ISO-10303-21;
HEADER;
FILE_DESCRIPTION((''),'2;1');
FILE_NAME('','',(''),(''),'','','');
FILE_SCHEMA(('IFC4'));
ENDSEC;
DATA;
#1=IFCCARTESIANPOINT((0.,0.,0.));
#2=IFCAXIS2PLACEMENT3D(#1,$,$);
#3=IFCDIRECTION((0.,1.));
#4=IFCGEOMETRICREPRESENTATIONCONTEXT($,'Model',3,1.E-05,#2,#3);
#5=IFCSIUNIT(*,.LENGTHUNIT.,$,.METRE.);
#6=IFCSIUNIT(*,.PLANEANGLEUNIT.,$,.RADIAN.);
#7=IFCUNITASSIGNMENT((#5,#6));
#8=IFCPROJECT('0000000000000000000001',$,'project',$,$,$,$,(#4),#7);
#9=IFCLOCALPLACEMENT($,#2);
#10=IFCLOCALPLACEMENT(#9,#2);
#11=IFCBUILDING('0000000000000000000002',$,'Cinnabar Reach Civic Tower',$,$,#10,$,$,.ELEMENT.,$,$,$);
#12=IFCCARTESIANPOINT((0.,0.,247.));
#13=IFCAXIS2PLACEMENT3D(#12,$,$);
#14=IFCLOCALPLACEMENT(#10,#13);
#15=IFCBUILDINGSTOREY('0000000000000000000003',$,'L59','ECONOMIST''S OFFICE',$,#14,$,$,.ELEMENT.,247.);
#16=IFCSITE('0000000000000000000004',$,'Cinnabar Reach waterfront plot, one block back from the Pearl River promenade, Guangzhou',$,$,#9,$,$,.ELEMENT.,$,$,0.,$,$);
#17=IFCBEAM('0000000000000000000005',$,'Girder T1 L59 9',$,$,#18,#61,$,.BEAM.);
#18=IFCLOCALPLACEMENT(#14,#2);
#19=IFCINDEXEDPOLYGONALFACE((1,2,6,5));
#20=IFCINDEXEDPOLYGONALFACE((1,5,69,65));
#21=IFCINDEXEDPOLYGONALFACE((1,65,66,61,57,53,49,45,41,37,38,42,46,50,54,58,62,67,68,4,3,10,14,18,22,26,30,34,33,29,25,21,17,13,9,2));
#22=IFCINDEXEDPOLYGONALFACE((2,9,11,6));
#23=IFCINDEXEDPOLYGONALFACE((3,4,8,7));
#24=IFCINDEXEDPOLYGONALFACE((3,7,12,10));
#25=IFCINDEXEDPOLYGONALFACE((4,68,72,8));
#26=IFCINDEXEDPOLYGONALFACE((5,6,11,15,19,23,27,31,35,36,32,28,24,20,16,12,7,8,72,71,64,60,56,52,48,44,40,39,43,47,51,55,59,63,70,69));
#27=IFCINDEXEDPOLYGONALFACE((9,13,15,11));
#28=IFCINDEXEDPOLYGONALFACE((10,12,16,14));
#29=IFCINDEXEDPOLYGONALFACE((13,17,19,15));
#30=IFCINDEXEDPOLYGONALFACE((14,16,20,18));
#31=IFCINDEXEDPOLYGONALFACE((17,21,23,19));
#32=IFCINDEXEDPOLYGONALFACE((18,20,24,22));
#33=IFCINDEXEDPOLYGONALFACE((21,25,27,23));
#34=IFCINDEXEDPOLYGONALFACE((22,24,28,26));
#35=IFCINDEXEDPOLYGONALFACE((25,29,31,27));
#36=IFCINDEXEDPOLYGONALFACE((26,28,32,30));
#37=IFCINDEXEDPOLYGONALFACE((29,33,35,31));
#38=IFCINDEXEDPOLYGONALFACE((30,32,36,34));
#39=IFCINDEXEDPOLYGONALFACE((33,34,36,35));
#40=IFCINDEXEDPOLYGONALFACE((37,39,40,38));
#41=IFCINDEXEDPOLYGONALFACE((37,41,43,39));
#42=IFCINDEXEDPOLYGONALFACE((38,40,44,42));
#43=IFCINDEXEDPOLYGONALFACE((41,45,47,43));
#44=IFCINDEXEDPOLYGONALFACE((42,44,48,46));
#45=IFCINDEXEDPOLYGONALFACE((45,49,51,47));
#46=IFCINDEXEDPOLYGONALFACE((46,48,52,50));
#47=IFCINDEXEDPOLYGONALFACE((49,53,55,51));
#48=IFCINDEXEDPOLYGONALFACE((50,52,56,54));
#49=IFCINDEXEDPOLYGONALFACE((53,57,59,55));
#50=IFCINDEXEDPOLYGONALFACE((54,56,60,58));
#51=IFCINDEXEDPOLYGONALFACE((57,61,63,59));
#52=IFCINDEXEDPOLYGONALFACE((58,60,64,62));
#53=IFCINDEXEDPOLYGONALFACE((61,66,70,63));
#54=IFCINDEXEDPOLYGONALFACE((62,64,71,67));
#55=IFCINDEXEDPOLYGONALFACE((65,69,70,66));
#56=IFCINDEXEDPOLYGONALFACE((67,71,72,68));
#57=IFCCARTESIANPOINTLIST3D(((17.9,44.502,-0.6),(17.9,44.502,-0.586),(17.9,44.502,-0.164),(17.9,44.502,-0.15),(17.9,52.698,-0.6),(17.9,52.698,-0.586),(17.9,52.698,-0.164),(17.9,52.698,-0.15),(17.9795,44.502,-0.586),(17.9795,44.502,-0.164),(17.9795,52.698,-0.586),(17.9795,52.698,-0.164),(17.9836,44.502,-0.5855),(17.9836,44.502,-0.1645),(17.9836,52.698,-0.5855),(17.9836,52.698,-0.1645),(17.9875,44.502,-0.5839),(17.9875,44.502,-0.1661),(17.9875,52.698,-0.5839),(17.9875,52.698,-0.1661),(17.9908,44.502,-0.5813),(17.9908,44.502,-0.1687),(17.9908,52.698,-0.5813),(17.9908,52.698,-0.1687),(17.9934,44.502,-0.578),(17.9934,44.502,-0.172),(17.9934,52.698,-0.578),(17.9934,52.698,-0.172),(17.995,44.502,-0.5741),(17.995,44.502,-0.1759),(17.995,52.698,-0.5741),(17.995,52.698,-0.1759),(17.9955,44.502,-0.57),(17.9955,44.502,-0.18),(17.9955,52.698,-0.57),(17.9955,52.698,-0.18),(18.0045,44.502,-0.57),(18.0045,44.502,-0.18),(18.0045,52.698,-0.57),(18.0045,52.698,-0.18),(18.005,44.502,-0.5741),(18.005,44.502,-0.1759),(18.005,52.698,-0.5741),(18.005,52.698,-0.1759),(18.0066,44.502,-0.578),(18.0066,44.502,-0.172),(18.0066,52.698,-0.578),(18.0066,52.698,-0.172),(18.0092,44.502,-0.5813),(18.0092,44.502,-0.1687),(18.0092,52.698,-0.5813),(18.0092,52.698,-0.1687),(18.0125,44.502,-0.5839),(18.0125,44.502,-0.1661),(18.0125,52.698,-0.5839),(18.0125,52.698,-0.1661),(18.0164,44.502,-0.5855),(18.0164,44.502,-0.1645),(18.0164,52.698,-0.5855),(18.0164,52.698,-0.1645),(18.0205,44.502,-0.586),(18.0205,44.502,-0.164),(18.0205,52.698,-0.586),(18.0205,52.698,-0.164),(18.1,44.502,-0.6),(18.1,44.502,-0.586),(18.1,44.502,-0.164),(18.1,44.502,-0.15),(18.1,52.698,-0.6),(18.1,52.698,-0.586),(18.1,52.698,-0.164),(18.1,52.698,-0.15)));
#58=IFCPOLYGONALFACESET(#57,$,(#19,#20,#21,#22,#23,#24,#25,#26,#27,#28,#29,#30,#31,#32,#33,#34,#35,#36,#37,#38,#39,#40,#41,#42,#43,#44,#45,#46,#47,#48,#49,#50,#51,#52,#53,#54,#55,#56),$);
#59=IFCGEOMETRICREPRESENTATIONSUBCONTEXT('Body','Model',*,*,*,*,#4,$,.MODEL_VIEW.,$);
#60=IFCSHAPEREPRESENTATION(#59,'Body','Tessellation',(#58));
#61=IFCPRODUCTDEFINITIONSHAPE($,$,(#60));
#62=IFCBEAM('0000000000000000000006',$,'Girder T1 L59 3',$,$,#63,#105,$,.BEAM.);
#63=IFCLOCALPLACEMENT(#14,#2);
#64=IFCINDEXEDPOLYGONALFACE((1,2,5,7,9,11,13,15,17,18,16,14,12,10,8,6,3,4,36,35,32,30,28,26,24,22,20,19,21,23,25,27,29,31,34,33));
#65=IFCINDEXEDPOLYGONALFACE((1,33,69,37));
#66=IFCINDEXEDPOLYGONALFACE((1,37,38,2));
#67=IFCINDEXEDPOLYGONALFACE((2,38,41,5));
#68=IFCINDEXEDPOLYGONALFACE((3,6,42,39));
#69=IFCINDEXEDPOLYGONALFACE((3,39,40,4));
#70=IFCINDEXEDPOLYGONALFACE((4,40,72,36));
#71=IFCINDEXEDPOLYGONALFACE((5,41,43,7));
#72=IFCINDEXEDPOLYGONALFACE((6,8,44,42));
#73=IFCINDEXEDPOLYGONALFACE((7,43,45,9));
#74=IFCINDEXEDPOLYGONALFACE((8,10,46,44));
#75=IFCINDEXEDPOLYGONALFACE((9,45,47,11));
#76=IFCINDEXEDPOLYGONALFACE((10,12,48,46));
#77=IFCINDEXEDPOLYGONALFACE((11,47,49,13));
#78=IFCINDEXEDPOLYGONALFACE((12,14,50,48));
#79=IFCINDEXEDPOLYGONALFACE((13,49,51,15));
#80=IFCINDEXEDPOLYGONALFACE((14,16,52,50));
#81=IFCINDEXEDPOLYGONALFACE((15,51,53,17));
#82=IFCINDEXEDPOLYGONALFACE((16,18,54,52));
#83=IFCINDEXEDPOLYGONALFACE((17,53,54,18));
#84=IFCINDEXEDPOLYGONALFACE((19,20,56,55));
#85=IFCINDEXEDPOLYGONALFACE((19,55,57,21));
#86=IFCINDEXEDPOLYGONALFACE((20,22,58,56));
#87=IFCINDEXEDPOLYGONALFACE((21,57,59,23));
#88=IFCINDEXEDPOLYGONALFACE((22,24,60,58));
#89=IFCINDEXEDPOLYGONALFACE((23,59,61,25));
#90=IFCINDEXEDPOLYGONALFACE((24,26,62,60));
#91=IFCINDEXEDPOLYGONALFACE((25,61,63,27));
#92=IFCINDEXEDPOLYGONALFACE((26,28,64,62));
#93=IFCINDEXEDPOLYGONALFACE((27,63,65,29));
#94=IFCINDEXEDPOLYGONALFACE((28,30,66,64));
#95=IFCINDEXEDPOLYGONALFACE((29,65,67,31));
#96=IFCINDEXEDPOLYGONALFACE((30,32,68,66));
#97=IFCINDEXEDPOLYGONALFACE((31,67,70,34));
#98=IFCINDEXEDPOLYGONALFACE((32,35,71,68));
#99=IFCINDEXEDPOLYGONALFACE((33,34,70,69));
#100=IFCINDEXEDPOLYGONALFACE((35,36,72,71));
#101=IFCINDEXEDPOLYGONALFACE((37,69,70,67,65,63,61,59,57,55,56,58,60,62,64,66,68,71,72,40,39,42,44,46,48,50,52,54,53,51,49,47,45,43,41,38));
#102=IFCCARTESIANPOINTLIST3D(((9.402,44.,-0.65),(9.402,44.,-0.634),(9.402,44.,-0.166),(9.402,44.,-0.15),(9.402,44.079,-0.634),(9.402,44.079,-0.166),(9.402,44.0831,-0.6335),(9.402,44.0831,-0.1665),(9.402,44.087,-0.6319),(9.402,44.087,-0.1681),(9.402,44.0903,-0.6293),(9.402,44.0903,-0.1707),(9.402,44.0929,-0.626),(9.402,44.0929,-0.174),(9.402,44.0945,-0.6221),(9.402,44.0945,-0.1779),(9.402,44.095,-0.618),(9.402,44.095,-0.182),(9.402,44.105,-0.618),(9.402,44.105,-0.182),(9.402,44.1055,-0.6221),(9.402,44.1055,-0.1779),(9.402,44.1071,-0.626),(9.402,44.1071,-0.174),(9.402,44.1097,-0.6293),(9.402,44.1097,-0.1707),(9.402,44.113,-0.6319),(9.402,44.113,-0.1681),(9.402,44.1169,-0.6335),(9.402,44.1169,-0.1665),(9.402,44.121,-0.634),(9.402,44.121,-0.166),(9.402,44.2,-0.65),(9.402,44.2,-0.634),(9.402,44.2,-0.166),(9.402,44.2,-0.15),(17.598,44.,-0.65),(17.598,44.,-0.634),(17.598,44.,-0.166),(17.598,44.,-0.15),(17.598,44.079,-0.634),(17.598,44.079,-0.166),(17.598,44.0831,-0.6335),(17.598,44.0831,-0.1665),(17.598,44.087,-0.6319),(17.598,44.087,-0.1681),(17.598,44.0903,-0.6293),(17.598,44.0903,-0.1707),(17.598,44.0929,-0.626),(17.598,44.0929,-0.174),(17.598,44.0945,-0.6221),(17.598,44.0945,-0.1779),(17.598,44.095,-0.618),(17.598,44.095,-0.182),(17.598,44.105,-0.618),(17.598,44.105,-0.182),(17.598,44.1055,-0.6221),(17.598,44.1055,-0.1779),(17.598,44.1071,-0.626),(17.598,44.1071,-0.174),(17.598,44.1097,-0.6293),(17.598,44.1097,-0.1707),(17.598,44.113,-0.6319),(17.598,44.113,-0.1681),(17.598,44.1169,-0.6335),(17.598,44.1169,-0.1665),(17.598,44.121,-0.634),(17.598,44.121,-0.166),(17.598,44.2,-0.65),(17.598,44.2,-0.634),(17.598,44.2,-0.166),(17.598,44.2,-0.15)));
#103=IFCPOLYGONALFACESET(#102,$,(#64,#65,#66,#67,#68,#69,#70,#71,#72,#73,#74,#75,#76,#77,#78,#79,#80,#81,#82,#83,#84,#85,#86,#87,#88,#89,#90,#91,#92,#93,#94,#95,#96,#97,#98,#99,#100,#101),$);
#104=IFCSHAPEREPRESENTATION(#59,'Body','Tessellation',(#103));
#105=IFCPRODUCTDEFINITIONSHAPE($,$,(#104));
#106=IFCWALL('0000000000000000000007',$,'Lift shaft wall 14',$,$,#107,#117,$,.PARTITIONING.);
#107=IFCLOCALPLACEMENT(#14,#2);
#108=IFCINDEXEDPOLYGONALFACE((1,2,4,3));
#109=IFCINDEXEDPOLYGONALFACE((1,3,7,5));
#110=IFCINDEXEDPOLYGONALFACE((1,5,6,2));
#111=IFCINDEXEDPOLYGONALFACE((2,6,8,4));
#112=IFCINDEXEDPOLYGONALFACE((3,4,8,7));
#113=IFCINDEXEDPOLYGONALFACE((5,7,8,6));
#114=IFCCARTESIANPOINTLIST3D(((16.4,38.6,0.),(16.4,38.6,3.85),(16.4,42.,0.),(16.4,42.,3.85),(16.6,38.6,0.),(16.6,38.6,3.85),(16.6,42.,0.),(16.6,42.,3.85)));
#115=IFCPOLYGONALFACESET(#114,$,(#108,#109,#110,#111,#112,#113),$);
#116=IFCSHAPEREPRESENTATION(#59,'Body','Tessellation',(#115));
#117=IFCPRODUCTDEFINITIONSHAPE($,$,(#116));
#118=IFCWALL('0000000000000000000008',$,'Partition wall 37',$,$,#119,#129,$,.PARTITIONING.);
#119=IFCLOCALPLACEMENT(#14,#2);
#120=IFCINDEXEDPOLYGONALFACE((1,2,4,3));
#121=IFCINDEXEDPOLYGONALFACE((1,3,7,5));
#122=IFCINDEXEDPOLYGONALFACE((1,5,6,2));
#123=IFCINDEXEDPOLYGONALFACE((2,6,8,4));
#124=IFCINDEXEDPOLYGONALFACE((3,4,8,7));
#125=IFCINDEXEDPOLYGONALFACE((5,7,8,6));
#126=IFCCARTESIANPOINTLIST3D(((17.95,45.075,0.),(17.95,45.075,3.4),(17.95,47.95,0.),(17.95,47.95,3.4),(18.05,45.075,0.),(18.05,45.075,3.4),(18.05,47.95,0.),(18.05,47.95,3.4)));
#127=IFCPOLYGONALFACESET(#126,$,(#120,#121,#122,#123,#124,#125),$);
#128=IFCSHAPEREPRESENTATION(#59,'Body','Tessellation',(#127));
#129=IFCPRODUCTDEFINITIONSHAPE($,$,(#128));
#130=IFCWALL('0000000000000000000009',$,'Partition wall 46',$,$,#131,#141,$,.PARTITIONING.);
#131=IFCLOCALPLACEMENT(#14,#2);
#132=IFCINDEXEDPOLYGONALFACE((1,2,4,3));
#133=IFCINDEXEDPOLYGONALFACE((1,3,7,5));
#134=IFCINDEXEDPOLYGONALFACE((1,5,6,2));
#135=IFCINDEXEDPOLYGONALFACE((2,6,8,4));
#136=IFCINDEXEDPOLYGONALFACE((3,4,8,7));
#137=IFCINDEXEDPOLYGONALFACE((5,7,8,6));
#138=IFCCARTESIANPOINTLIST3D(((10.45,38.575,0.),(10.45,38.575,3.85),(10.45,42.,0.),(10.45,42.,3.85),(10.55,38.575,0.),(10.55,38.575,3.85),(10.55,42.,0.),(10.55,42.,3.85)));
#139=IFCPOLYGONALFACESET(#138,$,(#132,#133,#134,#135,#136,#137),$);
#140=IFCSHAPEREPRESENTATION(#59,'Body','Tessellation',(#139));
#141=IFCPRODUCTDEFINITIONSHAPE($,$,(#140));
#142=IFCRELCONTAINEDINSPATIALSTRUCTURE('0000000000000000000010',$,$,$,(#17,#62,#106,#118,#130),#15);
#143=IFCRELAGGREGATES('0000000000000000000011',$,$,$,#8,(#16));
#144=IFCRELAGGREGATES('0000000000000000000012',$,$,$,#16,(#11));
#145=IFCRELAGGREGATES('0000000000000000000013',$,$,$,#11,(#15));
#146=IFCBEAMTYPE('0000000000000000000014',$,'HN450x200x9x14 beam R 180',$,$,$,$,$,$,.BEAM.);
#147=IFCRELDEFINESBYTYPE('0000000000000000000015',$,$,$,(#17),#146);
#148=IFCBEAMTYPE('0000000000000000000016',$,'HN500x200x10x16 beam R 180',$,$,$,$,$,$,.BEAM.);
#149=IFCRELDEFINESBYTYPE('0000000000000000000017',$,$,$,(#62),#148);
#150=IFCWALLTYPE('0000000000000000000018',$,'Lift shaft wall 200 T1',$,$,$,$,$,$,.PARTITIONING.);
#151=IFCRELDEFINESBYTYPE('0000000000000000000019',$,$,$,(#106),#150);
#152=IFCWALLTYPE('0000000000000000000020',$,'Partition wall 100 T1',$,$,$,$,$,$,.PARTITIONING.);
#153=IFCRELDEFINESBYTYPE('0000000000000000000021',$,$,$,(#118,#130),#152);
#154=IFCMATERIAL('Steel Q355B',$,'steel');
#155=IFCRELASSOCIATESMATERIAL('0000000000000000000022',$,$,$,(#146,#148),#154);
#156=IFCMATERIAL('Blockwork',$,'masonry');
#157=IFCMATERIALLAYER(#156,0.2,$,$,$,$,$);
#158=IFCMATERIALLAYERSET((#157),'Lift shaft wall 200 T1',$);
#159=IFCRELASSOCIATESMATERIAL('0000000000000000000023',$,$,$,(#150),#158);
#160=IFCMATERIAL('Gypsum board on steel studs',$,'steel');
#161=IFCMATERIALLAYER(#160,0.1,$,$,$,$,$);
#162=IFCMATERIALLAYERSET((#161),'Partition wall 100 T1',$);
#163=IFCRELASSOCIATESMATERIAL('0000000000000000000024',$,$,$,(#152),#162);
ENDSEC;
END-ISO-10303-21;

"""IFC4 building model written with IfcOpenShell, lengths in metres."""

from ifc_helpers import new_model, si_unit, direction, frame, frame_2d, origin, origin_2d, place, context, subcontext, project, spatial, rectangle, i_section, extrude, material, layer, layer_set, material_profile, profile_set, type_object, element, save


model = new_model("IFC4")

# Units and contexts
model_context = context("Model", 3, precision=1e-05, world=origin(), true_north=direction((0.0, 1.0)))
body_context = subcontext(model_context, "Body", "Model", "MODEL_VIEW")
ifc_project = project(units=[si_unit("LENGTHUNIT", "METRE"), si_unit("PLANEANGLEUNIT", "RADIAN")], contexts=[model_context])

# Site, building, storey
site_placement = place(None, origin())
site = spatial("IfcSite", under=ifc_project, at=site_placement, Name="Cinnabar Reach waterfront plot, one block back from the Pearl River promenade, Guangzhou", CompositionType="ELEMENT", RefElevation=0.0)
building_placement = place(site_placement, origin())
building = spatial("IfcBuilding", under=site, at=building_placement, Name="Cinnabar Reach Civic Tower", CompositionType="ELEMENT")
storey_placement = place(building_placement, frame((0.0, 0.0, 247.0)))
storey = spatial("IfcBuildingStorey", under=building, at=storey_placement, Name="L59", Description="ECONOMIST'S OFFICE", CompositionType="ELEMENT", Elevation=247.0)

# Beams
ifc_material_1 = material(Name="Steel Q355B", Category="steel")
ifc_material_profile_1 = material_profile(ifc_material_1, i_section(OverallWidth=0.2, OverallDepth=0.45, WebThickness=0.009, FlangeThickness=0.014, FilletRadius=0.016, at=origin_2d()), Name="HN450x200x9x14")
ifc_profile_set_1 = profile_set([ifc_material_profile_1], Name="Steel Q355B")
beam_type_1 = type_object("IfcBeamType", Name="HN450x200x9x14 beam R 180", PredefinedType="BEAM", material=ifc_profile_set_1)
for number, where, z_axis, x_axis, name in (
    (1, (18.0, 44.502, -0.375), (0.0, 1.0, 0.0), (-1.0, 0.0, 0.0), "Girder T1 L59 9"),
):
    element("IfcBeam", number, at=place(storey_placement, frame(where, z_axis=z_axis, x_axis=x_axis)), inside=storey, type_object=beam_type_1, Name=name, PredefinedType="BEAM", context=body_context, shape_type="SweptSolid", body=[
        extrude(i_section(OverallWidth=0.2, OverallDepth=0.45, WebThickness=0.009, FlangeThickness=0.014, FilletRadius=0.016, at=origin_2d()), origin(), (0.0, 0.0, 1.0), 8.196),
    ])
ifc_material_profile_2 = material_profile(ifc_material_1, i_section(OverallWidth=0.2, OverallDepth=0.5, WebThickness=0.01, FlangeThickness=0.016, FilletRadius=0.016, at=origin_2d()), Name="HN500x200x10x16")
ifc_profile_set_2 = profile_set([ifc_material_profile_2], Name="Steel Q355B")
beam_type_2 = type_object("IfcBeamType", Name="HN500x200x10x16 beam R 180", PredefinedType="BEAM", material=ifc_profile_set_2)
beam_placement = place(storey_placement, frame((9.402, 44.1, -0.4), z_axis=(1.0, 0.0, 0.0), x_axis=(0.0, 1.0, 0.0)))
element("IfcBeam", 2, at=beam_placement, inside=storey, type_object=beam_type_2, Name="Girder T1 L59 3", PredefinedType="BEAM", context=body_context, shape_type="SweptSolid", body=[
    extrude(i_section(OverallWidth=0.2, OverallDepth=0.5, WebThickness=0.01, FlangeThickness=0.016, FilletRadius=0.016, at=origin_2d()), origin(), (0.0, 0.0, 1.0), 8.196),
])

# Walls
ifc_material_2 = material(Name="Blockwork", Category="masonry")
ifc_layer_1 = layer(ifc_material_2, 0.2)
ifc_layer_set_1 = layer_set([ifc_layer_1], Name="Lift shaft wall 200 T1")
wall_type_1 = type_object("IfcWallType", Name="Lift shaft wall 200 T1", PredefinedType="PARTITIONING", material=ifc_layer_set_1)
wall_1_placement = place(storey_placement, frame((16.5, 38.6, 0.0), z_axis=(0.0, 0.0, 1.0), x_axis=(0.0, 1.0, 0.0)))
element("IfcWall", 3, at=wall_1_placement, inside=storey, type_object=wall_type_1, Name="Lift shaft wall 14", PredefinedType="PARTITIONING", context=body_context, shape_type="SweptSolid", body=[
    extrude(rectangle(XDim=3.4, YDim=0.2, at=frame_2d((1.7, 0.0))), origin(), (0.0, 0.0, 1.0), 3.85),
])
ifc_material_3 = material(Name="Gypsum board on steel studs", Category="steel")
ifc_layer_2 = layer(ifc_material_3, 0.1)
ifc_layer_set_2 = layer_set([ifc_layer_2], Name="Partition wall 100 T1")
wall_type_2 = type_object("IfcWallType", Name="Partition wall 100 T1", PredefinedType="PARTITIONING", material=ifc_layer_set_2)
wall_2_placement = place(storey_placement, frame((18.0, 45.075, 0.0), z_axis=(0.0, 0.0, 1.0), x_axis=(0.0, 1.0, 0.0)))
element("IfcWall", 4, at=wall_2_placement, inside=storey, type_object=wall_type_2, Name="Partition wall 37", PredefinedType="PARTITIONING", context=body_context, shape_type="SweptSolid", body=[
    extrude(rectangle(XDim=2.875, YDim=0.1, at=frame_2d((1.4375, 0.0))), origin(), (0.0, 0.0, 1.0), 3.4),
])
wall_3_placement = place(storey_placement, frame((10.5, 38.575, 0.0), z_axis=(0.0, 0.0, 1.0), x_axis=(0.0, 1.0, 0.0)))
element("IfcWall", 5, at=wall_3_placement, inside=storey, type_object=wall_type_2, Name="Partition wall 46", PredefinedType="PARTITIONING", context=body_context, shape_type="SweptSolid", body=[
    extrude(rectangle(XDim=3.425, YDim=0.1, at=frame_2d((1.7125, 0.0))), origin(), (0.0, 0.0, 1.0), 3.85),
])

save(model, "model.ifc")
